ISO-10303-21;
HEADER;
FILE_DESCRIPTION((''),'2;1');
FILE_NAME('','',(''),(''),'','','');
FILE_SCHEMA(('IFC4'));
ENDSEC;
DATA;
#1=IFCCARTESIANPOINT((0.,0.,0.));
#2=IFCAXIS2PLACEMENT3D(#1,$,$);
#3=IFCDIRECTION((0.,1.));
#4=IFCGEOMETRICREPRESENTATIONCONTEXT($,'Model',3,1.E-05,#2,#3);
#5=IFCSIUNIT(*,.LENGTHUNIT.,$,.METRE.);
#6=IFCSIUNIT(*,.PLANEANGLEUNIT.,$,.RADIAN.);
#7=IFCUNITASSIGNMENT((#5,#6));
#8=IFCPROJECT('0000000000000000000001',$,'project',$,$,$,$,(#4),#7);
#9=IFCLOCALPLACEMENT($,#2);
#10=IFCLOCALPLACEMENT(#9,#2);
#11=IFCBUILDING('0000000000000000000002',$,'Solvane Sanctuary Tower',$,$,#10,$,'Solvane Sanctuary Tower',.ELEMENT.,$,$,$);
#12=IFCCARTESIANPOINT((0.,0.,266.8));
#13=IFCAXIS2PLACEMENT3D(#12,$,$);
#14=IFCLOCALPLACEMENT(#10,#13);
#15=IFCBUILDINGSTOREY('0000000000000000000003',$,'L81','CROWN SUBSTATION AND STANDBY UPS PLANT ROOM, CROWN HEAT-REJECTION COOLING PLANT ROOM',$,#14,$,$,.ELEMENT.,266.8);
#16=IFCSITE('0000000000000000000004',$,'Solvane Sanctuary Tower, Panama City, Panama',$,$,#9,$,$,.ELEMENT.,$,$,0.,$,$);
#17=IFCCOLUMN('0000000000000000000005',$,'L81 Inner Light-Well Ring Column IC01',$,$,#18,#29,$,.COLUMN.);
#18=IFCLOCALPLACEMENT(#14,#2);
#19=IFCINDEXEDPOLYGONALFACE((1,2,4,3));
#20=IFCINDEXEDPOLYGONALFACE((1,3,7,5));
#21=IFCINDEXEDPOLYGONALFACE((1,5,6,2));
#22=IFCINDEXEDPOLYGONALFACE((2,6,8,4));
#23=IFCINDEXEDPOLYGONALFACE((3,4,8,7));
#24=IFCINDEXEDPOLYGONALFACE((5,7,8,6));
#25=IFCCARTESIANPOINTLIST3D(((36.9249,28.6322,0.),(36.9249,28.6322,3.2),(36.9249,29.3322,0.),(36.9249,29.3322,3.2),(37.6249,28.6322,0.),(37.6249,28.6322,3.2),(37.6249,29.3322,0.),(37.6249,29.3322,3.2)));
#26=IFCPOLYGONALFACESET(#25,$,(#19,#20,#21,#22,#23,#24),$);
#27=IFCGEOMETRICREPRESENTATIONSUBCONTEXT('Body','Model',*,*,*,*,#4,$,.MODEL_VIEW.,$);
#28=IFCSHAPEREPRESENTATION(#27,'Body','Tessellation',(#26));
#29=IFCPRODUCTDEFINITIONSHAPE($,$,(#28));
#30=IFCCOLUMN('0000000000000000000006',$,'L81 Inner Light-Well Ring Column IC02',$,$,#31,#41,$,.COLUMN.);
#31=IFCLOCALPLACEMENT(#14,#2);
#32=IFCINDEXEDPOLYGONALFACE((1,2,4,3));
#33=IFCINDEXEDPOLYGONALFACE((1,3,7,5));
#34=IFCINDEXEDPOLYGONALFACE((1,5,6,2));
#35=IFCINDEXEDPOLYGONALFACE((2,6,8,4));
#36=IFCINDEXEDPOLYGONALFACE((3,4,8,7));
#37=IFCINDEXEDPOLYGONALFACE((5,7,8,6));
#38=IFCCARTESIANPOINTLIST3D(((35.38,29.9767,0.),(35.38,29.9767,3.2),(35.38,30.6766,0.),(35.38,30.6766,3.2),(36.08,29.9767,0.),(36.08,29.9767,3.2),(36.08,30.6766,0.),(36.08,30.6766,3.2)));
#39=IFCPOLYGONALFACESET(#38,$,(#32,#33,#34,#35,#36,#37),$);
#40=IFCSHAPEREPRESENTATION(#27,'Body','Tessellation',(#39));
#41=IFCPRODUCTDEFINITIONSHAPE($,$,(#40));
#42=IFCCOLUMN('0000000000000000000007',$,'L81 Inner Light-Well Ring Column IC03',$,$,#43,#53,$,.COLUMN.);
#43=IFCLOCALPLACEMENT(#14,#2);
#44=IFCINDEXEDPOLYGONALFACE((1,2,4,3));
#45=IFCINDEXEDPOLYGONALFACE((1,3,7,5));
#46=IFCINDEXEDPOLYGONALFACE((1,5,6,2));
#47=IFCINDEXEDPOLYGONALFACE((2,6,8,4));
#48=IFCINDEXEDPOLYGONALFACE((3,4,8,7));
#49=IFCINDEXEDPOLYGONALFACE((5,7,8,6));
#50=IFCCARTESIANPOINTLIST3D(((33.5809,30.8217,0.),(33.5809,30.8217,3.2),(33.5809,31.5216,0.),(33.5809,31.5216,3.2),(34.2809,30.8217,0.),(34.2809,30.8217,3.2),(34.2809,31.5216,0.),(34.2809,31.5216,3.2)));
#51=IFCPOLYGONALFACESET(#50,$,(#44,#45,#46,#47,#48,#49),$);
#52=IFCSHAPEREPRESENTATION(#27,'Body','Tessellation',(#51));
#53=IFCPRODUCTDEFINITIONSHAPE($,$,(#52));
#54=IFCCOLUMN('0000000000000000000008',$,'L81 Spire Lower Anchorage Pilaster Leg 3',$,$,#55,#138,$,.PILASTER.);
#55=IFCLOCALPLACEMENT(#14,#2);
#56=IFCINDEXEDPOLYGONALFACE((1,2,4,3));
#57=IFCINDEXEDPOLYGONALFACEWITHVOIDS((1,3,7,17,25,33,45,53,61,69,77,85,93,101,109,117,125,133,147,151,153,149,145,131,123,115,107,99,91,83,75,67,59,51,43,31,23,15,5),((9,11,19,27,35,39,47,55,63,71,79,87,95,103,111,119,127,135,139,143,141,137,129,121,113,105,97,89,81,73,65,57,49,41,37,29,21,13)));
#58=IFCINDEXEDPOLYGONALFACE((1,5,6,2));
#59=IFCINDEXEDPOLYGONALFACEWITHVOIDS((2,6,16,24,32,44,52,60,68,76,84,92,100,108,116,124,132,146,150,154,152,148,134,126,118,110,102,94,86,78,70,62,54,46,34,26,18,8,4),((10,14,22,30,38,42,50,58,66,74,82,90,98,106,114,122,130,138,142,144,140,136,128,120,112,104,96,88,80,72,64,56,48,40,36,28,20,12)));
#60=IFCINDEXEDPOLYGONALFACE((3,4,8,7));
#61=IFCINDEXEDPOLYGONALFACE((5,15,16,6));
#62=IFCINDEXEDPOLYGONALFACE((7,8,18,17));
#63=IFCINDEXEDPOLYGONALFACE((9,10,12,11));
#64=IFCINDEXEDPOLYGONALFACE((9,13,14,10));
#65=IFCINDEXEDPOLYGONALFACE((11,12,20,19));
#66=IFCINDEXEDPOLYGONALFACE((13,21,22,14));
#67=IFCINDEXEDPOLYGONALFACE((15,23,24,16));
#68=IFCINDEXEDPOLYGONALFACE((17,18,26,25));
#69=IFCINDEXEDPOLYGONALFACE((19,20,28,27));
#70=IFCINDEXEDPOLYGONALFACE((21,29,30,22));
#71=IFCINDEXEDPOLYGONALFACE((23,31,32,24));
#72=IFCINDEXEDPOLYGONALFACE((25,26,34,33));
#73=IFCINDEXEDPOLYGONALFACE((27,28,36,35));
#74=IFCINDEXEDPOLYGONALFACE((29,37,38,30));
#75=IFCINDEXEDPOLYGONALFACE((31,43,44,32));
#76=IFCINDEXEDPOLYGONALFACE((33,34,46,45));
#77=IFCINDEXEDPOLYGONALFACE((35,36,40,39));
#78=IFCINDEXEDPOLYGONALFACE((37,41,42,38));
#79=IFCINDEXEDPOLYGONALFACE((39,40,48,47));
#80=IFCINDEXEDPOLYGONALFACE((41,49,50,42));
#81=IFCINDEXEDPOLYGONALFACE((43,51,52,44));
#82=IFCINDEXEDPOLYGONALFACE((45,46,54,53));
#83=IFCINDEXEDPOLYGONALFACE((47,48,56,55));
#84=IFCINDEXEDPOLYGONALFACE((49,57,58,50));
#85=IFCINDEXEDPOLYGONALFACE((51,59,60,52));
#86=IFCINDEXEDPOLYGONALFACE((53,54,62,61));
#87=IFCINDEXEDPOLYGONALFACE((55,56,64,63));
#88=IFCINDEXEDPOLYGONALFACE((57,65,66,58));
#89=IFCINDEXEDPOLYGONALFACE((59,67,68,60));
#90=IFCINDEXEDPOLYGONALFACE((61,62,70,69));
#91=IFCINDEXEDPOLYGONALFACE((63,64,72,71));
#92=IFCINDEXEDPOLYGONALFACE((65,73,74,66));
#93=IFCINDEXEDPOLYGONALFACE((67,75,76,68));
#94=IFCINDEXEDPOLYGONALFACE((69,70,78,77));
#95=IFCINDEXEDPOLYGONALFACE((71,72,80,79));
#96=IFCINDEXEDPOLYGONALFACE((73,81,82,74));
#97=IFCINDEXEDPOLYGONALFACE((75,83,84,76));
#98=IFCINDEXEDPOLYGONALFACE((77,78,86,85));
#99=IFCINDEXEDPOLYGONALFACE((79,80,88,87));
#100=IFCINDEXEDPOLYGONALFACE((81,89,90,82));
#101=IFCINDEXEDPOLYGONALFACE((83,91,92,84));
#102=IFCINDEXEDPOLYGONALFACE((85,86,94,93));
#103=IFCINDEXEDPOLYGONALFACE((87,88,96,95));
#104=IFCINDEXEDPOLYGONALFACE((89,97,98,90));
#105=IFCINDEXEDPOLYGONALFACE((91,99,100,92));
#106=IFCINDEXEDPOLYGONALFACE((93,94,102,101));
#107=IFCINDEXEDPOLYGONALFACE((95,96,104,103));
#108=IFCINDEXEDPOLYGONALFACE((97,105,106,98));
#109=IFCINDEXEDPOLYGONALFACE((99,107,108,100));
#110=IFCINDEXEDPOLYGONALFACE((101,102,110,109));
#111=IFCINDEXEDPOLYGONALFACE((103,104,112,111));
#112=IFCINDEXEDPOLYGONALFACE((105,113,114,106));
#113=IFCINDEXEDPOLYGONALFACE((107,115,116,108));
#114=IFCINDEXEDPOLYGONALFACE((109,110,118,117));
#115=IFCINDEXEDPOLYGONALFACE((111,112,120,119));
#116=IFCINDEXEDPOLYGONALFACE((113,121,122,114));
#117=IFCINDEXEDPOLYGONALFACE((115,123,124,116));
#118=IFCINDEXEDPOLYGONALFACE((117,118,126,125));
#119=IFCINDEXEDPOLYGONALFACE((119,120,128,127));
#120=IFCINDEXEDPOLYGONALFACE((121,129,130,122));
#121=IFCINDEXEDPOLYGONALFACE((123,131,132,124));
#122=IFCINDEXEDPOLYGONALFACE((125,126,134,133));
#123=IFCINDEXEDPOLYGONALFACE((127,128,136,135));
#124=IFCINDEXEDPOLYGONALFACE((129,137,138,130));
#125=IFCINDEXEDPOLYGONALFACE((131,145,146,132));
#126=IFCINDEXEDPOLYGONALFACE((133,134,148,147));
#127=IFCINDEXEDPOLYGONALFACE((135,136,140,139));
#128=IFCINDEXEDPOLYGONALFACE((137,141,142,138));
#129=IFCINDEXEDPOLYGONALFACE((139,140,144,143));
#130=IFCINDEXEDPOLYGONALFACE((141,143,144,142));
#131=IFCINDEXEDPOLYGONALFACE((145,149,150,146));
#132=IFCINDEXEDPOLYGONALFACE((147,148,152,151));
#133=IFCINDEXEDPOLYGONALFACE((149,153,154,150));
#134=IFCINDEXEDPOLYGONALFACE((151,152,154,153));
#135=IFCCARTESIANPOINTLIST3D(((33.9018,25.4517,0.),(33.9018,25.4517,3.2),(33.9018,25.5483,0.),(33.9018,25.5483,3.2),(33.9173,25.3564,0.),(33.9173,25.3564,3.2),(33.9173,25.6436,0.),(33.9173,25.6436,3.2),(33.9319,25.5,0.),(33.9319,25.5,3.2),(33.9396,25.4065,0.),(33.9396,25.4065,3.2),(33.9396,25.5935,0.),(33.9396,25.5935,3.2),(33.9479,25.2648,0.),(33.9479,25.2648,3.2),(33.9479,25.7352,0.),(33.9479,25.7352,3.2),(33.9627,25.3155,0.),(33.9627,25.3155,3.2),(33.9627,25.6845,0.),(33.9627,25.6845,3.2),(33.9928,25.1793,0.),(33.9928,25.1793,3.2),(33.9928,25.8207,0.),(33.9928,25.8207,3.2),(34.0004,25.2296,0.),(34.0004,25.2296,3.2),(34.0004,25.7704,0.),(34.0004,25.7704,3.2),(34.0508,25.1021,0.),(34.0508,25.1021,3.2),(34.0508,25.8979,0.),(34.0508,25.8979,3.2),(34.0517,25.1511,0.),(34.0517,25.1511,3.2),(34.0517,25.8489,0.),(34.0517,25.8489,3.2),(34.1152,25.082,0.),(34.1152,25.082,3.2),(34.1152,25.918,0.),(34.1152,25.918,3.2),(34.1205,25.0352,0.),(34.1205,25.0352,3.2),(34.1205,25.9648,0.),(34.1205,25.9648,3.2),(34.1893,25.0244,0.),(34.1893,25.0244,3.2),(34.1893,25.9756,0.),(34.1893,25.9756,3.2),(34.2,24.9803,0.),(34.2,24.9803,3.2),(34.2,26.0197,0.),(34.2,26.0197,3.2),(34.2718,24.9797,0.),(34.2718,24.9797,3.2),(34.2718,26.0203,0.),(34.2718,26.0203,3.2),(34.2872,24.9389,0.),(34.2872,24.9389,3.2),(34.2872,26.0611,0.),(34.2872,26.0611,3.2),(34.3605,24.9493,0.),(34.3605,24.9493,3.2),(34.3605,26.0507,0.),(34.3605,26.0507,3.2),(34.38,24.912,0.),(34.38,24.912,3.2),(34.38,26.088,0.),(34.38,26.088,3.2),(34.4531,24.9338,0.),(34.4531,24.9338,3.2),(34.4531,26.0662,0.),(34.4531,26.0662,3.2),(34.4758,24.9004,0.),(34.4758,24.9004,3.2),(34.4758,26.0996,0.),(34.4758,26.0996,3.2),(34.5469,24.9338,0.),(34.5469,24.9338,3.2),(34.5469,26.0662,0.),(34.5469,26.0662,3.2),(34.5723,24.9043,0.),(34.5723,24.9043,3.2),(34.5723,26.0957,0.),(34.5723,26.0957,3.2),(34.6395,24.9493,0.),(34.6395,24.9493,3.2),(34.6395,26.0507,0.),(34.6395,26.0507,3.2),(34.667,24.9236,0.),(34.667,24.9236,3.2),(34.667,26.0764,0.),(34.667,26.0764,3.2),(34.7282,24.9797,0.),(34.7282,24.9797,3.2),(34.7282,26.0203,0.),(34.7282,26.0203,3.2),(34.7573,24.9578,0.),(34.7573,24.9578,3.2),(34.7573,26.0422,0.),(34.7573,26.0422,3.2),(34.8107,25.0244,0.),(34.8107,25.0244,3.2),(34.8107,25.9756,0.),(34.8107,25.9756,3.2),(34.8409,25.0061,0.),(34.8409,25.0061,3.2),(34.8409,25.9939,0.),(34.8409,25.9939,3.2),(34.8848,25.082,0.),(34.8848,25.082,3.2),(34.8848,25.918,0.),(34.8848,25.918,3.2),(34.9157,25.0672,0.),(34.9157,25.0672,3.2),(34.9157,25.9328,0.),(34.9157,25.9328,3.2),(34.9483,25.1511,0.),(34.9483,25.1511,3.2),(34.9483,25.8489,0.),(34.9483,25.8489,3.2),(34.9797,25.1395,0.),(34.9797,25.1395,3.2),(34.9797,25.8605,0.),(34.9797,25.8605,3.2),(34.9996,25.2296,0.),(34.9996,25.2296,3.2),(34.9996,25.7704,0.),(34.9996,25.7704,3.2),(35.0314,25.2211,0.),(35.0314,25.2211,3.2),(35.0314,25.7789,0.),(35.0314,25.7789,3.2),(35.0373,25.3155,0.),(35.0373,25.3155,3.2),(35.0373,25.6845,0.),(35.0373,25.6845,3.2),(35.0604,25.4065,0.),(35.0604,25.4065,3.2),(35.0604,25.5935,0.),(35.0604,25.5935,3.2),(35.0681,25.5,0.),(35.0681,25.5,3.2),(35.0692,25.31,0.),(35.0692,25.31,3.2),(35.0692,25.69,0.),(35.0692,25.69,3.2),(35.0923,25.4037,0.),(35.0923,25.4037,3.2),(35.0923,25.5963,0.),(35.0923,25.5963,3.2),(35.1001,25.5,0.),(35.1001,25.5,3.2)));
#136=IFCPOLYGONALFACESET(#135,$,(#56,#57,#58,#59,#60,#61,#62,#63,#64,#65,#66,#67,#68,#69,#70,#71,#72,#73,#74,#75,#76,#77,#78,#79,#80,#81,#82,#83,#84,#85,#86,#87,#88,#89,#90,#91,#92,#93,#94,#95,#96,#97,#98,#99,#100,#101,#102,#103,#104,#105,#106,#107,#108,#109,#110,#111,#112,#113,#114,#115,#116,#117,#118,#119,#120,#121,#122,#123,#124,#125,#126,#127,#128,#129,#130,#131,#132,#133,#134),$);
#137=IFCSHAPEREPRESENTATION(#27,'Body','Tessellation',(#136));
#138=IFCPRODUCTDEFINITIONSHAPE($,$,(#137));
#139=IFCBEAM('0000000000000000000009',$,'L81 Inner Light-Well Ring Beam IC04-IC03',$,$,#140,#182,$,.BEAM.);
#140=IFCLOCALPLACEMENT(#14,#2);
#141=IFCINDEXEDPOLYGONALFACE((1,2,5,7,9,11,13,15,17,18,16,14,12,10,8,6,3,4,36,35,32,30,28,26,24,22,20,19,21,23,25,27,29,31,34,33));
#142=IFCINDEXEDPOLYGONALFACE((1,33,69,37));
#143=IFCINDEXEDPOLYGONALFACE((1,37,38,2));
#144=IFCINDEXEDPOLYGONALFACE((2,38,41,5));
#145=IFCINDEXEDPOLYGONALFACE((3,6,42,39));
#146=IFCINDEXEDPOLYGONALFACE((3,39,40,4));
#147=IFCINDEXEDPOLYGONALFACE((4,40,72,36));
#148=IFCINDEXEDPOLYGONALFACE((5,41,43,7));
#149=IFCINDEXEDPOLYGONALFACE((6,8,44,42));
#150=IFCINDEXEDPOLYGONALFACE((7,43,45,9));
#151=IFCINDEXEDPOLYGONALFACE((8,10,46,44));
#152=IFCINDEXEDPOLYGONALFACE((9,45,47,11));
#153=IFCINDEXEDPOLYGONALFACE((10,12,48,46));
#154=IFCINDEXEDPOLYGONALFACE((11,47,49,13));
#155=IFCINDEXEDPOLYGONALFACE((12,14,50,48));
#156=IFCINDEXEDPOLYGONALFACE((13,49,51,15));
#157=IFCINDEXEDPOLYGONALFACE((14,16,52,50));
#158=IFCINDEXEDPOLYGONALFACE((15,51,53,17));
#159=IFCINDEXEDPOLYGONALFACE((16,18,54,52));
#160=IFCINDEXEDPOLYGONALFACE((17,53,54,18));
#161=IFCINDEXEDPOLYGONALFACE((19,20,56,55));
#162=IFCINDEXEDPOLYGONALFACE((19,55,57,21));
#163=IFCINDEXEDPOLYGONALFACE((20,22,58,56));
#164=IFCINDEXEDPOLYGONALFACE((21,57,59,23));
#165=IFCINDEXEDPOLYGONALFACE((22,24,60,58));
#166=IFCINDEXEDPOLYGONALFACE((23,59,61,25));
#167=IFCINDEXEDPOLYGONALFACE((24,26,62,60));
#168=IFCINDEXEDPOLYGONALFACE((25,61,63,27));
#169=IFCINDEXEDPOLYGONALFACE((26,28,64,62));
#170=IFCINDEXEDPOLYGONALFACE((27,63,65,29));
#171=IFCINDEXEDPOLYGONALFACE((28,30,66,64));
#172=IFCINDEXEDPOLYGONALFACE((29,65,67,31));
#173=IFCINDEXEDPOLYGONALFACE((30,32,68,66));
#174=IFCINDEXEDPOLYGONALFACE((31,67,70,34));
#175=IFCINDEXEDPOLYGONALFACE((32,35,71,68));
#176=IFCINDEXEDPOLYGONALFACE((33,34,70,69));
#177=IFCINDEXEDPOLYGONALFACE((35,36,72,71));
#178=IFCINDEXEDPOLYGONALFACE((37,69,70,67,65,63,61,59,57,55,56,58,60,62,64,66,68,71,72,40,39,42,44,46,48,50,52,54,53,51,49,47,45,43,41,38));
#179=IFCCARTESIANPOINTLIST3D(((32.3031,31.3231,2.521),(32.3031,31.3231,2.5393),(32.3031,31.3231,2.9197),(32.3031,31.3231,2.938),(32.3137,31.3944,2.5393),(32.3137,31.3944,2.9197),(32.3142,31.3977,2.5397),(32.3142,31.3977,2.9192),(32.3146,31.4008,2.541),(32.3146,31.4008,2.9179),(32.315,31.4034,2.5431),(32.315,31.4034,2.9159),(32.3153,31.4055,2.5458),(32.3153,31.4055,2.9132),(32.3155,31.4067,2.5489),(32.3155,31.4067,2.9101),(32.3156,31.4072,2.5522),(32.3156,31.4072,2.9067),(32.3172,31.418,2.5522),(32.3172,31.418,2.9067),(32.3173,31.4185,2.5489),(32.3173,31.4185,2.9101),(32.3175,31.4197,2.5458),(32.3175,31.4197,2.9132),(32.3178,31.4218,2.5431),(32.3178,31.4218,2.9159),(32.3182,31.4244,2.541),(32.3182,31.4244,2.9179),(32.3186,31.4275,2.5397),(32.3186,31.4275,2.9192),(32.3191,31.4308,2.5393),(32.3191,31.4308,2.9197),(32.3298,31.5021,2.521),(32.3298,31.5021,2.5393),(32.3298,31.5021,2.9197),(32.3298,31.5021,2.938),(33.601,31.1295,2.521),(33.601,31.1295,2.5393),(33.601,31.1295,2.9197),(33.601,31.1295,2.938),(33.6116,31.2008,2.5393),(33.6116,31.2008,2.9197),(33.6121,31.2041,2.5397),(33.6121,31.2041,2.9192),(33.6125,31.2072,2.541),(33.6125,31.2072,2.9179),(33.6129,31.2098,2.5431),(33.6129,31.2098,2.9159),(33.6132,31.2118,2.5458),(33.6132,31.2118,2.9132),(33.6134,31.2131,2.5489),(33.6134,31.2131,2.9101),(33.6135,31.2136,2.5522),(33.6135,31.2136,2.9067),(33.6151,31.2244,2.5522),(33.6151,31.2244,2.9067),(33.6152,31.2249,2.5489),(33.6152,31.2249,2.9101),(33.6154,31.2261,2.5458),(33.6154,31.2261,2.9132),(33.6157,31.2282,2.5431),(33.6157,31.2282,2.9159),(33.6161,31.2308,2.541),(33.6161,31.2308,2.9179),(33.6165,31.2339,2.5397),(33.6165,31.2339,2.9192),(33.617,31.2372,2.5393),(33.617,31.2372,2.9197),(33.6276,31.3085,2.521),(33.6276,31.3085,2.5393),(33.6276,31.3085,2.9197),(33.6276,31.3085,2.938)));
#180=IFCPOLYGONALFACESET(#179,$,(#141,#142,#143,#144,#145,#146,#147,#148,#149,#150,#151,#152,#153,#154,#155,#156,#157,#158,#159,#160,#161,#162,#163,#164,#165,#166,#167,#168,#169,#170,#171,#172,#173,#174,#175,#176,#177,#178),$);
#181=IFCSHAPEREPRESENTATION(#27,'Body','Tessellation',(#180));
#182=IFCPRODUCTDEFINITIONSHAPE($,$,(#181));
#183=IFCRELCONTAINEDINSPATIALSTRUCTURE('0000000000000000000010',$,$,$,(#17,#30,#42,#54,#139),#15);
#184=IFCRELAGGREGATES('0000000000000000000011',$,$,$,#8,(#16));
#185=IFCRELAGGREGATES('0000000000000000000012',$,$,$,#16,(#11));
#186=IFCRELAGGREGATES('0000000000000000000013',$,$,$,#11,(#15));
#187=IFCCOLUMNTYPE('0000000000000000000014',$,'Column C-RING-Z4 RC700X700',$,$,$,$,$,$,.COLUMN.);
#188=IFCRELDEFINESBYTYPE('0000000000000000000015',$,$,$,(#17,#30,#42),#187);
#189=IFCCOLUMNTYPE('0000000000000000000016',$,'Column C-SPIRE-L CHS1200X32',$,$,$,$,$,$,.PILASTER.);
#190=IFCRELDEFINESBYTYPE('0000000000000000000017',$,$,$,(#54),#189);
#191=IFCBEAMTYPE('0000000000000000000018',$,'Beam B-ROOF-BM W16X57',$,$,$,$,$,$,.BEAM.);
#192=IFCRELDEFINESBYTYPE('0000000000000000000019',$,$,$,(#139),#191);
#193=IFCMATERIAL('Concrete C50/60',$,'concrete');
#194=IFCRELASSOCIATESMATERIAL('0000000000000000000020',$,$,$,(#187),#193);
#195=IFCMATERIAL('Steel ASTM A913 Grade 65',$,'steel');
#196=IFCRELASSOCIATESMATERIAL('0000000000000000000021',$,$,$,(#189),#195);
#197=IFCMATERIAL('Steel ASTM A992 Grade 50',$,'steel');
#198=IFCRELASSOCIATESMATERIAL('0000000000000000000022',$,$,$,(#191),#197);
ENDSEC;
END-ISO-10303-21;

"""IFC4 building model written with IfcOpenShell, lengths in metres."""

from ifc_helpers import new_model, si_unit, direction, frame, origin, origin_2d, place, context, subcontext, project, spatial, rectangle, hollow_circle, i_section, extrude, material, material_profile, profile_set, type_object, element, save


model = new_model("IFC4")

# Units and contexts
model_context = context("Model", 3, precision=1e-05, world=origin(), true_north=direction((0.0, 1.0)))
body_context = subcontext(model_context, "Body", "Model", "MODEL_VIEW")
ifc_project = project(units=[si_unit("LENGTHUNIT", "METRE"), si_unit("PLANEANGLEUNIT", "RADIAN")], contexts=[model_context])

# Site, building, storey
site_placement = place(None, origin())
site = spatial("IfcSite", under=ifc_project, at=site_placement, Name="Solvane Sanctuary Tower, Panama City, Panama", CompositionType="ELEMENT", RefElevation=0.0)
building_placement = place(site_placement, origin())
building = spatial("IfcBuilding", under=site, at=building_placement, Name="Solvane Sanctuary Tower", LongName="Solvane Sanctuary Tower", CompositionType="ELEMENT")
storey_placement = place(building_placement, frame((0.0, 0.0, 266.8)))
storey = spatial("IfcBuildingStorey", under=building, at=storey_placement, Name="L81", Description="CROWN SUBSTATION AND STANDBY UPS PLANT ROOM, CROWN HEAT-REJECTION COOLING PLANT ROOM", CompositionType="ELEMENT", Elevation=266.8)

# Columns
ifc_material_1 = material(Name="Concrete C50/60", Category="concrete")
ifc_material_profile_1 = material_profile(ifc_material_1, rectangle(XDim=0.7, YDim=0.7, at=origin_2d()), Name="RC700X700")
ifc_profile_set_1 = profile_set([ifc_material_profile_1], Name="Concrete C50/60")
column_type_1 = type_object("IfcColumnType", Name="Column C-RING-Z4 RC700X700", PredefinedType="COLUMN", material=ifc_profile_set_1)
for number, where, z_axis, x_axis, name in (
    (1, (37.2749, 28.9822, 0.0), (0.0, 0.0, 1.0), (1.0, 0.0, 0.0), "L81 Inner Light-Well Ring Column IC01"),
    (2, (35.73, 30.3267, 0.0), (0.0, 0.0, 1.0), (1.0, 0.0, 0.0), "L81 Inner Light-Well Ring Column IC02"),
    (3, (33.9309, 31.1716, 0.0), (0.0, 0.0, 1.0), (1.0, 0.0, 0.0), "L81 Inner Light-Well Ring Column IC03"),
):
    element("IfcColumn", number, at=place(storey_placement, frame(where, z_axis=z_axis, x_axis=x_axis)), inside=storey, type_object=column_type_1, Name=name, PredefinedType="COLUMN", context=body_context, shape_type="SweptSolid", body=[
        extrude(rectangle(XDim=0.7, YDim=0.7, at=origin_2d()), origin(), (0.0, 0.0, 1.0), 3.2),
    ])
ifc_material_2 = material(Name="Steel ASTM A913 Grade 65", Category="steel")
ifc_material_profile_2 = material_profile(ifc_material_2, hollow_circle(Radius=0.6001, WallThickness=0.032, at=origin_2d()), Name="CHS1200X32")
ifc_profile_set_2 = profile_set([ifc_material_profile_2], Name="Steel ASTM A913 Grade 65")
column_type_2 = type_object("IfcColumnType", Name="Column C-SPIRE-L CHS1200X32", PredefinedType="PILASTER", material=ifc_profile_set_2)
column_placement = place(storey_placement, frame((34.5, 25.5, 0.0), z_axis=(0.0, 0.0, 1.0), x_axis=(1.0, 0.0, 0.0)))
element("IfcColumn", 4, at=column_placement, inside=storey, type_object=column_type_2, Name="L81 Spire Lower Anchorage Pilaster Leg 3", PredefinedType="PILASTER", context=body_context, shape_type="SweptSolid", body=[
    extrude(hollow_circle(Radius=0.6001, WallThickness=0.032, at=origin_2d()), origin(), (0.0, 0.0, 1.0), 3.2),
])

# Beam
ifc_material_3 = material(Name="Steel ASTM A992 Grade 50", Category="steel")
ifc_material_profile_3 = material_profile(ifc_material_3, i_section(OverallWidth=0.1809, OverallDepth=0.417, WebThickness=0.011, FlangeThickness=0.0183, FilletRadius=0.0129, at=origin_2d()), Name="W16X57")
ifc_profile_set_3 = profile_set([ifc_material_profile_3], Name="Steel ASTM A992 Grade 50")
beam_type_1 = type_object("IfcBeamType", Name="Beam B-ROOF-BM W16X57", PredefinedType="BEAM", material=ifc_profile_set_3)
beam_1_placement = place(storey_placement, frame((32.3164, 31.4126, 2.7295), z_axis=(0.989056, -0.14754, 0.0), x_axis=(0.14754, 0.989056, 0.0)))
element("IfcBeam", 5, at=beam_1_placement, inside=storey, type_object=beam_type_1, Name="L81 Inner Light-Well Ring Beam IC04-IC03", PredefinedType="BEAM", context=body_context, shape_type="SweptSolid", body=[
    extrude(i_section(OverallWidth=0.1809, OverallDepth=0.417, WebThickness=0.011, FlangeThickness=0.0183, FilletRadius=0.0129, at=origin_2d()), origin(), (0.0, 0.0, 1.0), 1.3123),
])

save(model, "model.ifc")
